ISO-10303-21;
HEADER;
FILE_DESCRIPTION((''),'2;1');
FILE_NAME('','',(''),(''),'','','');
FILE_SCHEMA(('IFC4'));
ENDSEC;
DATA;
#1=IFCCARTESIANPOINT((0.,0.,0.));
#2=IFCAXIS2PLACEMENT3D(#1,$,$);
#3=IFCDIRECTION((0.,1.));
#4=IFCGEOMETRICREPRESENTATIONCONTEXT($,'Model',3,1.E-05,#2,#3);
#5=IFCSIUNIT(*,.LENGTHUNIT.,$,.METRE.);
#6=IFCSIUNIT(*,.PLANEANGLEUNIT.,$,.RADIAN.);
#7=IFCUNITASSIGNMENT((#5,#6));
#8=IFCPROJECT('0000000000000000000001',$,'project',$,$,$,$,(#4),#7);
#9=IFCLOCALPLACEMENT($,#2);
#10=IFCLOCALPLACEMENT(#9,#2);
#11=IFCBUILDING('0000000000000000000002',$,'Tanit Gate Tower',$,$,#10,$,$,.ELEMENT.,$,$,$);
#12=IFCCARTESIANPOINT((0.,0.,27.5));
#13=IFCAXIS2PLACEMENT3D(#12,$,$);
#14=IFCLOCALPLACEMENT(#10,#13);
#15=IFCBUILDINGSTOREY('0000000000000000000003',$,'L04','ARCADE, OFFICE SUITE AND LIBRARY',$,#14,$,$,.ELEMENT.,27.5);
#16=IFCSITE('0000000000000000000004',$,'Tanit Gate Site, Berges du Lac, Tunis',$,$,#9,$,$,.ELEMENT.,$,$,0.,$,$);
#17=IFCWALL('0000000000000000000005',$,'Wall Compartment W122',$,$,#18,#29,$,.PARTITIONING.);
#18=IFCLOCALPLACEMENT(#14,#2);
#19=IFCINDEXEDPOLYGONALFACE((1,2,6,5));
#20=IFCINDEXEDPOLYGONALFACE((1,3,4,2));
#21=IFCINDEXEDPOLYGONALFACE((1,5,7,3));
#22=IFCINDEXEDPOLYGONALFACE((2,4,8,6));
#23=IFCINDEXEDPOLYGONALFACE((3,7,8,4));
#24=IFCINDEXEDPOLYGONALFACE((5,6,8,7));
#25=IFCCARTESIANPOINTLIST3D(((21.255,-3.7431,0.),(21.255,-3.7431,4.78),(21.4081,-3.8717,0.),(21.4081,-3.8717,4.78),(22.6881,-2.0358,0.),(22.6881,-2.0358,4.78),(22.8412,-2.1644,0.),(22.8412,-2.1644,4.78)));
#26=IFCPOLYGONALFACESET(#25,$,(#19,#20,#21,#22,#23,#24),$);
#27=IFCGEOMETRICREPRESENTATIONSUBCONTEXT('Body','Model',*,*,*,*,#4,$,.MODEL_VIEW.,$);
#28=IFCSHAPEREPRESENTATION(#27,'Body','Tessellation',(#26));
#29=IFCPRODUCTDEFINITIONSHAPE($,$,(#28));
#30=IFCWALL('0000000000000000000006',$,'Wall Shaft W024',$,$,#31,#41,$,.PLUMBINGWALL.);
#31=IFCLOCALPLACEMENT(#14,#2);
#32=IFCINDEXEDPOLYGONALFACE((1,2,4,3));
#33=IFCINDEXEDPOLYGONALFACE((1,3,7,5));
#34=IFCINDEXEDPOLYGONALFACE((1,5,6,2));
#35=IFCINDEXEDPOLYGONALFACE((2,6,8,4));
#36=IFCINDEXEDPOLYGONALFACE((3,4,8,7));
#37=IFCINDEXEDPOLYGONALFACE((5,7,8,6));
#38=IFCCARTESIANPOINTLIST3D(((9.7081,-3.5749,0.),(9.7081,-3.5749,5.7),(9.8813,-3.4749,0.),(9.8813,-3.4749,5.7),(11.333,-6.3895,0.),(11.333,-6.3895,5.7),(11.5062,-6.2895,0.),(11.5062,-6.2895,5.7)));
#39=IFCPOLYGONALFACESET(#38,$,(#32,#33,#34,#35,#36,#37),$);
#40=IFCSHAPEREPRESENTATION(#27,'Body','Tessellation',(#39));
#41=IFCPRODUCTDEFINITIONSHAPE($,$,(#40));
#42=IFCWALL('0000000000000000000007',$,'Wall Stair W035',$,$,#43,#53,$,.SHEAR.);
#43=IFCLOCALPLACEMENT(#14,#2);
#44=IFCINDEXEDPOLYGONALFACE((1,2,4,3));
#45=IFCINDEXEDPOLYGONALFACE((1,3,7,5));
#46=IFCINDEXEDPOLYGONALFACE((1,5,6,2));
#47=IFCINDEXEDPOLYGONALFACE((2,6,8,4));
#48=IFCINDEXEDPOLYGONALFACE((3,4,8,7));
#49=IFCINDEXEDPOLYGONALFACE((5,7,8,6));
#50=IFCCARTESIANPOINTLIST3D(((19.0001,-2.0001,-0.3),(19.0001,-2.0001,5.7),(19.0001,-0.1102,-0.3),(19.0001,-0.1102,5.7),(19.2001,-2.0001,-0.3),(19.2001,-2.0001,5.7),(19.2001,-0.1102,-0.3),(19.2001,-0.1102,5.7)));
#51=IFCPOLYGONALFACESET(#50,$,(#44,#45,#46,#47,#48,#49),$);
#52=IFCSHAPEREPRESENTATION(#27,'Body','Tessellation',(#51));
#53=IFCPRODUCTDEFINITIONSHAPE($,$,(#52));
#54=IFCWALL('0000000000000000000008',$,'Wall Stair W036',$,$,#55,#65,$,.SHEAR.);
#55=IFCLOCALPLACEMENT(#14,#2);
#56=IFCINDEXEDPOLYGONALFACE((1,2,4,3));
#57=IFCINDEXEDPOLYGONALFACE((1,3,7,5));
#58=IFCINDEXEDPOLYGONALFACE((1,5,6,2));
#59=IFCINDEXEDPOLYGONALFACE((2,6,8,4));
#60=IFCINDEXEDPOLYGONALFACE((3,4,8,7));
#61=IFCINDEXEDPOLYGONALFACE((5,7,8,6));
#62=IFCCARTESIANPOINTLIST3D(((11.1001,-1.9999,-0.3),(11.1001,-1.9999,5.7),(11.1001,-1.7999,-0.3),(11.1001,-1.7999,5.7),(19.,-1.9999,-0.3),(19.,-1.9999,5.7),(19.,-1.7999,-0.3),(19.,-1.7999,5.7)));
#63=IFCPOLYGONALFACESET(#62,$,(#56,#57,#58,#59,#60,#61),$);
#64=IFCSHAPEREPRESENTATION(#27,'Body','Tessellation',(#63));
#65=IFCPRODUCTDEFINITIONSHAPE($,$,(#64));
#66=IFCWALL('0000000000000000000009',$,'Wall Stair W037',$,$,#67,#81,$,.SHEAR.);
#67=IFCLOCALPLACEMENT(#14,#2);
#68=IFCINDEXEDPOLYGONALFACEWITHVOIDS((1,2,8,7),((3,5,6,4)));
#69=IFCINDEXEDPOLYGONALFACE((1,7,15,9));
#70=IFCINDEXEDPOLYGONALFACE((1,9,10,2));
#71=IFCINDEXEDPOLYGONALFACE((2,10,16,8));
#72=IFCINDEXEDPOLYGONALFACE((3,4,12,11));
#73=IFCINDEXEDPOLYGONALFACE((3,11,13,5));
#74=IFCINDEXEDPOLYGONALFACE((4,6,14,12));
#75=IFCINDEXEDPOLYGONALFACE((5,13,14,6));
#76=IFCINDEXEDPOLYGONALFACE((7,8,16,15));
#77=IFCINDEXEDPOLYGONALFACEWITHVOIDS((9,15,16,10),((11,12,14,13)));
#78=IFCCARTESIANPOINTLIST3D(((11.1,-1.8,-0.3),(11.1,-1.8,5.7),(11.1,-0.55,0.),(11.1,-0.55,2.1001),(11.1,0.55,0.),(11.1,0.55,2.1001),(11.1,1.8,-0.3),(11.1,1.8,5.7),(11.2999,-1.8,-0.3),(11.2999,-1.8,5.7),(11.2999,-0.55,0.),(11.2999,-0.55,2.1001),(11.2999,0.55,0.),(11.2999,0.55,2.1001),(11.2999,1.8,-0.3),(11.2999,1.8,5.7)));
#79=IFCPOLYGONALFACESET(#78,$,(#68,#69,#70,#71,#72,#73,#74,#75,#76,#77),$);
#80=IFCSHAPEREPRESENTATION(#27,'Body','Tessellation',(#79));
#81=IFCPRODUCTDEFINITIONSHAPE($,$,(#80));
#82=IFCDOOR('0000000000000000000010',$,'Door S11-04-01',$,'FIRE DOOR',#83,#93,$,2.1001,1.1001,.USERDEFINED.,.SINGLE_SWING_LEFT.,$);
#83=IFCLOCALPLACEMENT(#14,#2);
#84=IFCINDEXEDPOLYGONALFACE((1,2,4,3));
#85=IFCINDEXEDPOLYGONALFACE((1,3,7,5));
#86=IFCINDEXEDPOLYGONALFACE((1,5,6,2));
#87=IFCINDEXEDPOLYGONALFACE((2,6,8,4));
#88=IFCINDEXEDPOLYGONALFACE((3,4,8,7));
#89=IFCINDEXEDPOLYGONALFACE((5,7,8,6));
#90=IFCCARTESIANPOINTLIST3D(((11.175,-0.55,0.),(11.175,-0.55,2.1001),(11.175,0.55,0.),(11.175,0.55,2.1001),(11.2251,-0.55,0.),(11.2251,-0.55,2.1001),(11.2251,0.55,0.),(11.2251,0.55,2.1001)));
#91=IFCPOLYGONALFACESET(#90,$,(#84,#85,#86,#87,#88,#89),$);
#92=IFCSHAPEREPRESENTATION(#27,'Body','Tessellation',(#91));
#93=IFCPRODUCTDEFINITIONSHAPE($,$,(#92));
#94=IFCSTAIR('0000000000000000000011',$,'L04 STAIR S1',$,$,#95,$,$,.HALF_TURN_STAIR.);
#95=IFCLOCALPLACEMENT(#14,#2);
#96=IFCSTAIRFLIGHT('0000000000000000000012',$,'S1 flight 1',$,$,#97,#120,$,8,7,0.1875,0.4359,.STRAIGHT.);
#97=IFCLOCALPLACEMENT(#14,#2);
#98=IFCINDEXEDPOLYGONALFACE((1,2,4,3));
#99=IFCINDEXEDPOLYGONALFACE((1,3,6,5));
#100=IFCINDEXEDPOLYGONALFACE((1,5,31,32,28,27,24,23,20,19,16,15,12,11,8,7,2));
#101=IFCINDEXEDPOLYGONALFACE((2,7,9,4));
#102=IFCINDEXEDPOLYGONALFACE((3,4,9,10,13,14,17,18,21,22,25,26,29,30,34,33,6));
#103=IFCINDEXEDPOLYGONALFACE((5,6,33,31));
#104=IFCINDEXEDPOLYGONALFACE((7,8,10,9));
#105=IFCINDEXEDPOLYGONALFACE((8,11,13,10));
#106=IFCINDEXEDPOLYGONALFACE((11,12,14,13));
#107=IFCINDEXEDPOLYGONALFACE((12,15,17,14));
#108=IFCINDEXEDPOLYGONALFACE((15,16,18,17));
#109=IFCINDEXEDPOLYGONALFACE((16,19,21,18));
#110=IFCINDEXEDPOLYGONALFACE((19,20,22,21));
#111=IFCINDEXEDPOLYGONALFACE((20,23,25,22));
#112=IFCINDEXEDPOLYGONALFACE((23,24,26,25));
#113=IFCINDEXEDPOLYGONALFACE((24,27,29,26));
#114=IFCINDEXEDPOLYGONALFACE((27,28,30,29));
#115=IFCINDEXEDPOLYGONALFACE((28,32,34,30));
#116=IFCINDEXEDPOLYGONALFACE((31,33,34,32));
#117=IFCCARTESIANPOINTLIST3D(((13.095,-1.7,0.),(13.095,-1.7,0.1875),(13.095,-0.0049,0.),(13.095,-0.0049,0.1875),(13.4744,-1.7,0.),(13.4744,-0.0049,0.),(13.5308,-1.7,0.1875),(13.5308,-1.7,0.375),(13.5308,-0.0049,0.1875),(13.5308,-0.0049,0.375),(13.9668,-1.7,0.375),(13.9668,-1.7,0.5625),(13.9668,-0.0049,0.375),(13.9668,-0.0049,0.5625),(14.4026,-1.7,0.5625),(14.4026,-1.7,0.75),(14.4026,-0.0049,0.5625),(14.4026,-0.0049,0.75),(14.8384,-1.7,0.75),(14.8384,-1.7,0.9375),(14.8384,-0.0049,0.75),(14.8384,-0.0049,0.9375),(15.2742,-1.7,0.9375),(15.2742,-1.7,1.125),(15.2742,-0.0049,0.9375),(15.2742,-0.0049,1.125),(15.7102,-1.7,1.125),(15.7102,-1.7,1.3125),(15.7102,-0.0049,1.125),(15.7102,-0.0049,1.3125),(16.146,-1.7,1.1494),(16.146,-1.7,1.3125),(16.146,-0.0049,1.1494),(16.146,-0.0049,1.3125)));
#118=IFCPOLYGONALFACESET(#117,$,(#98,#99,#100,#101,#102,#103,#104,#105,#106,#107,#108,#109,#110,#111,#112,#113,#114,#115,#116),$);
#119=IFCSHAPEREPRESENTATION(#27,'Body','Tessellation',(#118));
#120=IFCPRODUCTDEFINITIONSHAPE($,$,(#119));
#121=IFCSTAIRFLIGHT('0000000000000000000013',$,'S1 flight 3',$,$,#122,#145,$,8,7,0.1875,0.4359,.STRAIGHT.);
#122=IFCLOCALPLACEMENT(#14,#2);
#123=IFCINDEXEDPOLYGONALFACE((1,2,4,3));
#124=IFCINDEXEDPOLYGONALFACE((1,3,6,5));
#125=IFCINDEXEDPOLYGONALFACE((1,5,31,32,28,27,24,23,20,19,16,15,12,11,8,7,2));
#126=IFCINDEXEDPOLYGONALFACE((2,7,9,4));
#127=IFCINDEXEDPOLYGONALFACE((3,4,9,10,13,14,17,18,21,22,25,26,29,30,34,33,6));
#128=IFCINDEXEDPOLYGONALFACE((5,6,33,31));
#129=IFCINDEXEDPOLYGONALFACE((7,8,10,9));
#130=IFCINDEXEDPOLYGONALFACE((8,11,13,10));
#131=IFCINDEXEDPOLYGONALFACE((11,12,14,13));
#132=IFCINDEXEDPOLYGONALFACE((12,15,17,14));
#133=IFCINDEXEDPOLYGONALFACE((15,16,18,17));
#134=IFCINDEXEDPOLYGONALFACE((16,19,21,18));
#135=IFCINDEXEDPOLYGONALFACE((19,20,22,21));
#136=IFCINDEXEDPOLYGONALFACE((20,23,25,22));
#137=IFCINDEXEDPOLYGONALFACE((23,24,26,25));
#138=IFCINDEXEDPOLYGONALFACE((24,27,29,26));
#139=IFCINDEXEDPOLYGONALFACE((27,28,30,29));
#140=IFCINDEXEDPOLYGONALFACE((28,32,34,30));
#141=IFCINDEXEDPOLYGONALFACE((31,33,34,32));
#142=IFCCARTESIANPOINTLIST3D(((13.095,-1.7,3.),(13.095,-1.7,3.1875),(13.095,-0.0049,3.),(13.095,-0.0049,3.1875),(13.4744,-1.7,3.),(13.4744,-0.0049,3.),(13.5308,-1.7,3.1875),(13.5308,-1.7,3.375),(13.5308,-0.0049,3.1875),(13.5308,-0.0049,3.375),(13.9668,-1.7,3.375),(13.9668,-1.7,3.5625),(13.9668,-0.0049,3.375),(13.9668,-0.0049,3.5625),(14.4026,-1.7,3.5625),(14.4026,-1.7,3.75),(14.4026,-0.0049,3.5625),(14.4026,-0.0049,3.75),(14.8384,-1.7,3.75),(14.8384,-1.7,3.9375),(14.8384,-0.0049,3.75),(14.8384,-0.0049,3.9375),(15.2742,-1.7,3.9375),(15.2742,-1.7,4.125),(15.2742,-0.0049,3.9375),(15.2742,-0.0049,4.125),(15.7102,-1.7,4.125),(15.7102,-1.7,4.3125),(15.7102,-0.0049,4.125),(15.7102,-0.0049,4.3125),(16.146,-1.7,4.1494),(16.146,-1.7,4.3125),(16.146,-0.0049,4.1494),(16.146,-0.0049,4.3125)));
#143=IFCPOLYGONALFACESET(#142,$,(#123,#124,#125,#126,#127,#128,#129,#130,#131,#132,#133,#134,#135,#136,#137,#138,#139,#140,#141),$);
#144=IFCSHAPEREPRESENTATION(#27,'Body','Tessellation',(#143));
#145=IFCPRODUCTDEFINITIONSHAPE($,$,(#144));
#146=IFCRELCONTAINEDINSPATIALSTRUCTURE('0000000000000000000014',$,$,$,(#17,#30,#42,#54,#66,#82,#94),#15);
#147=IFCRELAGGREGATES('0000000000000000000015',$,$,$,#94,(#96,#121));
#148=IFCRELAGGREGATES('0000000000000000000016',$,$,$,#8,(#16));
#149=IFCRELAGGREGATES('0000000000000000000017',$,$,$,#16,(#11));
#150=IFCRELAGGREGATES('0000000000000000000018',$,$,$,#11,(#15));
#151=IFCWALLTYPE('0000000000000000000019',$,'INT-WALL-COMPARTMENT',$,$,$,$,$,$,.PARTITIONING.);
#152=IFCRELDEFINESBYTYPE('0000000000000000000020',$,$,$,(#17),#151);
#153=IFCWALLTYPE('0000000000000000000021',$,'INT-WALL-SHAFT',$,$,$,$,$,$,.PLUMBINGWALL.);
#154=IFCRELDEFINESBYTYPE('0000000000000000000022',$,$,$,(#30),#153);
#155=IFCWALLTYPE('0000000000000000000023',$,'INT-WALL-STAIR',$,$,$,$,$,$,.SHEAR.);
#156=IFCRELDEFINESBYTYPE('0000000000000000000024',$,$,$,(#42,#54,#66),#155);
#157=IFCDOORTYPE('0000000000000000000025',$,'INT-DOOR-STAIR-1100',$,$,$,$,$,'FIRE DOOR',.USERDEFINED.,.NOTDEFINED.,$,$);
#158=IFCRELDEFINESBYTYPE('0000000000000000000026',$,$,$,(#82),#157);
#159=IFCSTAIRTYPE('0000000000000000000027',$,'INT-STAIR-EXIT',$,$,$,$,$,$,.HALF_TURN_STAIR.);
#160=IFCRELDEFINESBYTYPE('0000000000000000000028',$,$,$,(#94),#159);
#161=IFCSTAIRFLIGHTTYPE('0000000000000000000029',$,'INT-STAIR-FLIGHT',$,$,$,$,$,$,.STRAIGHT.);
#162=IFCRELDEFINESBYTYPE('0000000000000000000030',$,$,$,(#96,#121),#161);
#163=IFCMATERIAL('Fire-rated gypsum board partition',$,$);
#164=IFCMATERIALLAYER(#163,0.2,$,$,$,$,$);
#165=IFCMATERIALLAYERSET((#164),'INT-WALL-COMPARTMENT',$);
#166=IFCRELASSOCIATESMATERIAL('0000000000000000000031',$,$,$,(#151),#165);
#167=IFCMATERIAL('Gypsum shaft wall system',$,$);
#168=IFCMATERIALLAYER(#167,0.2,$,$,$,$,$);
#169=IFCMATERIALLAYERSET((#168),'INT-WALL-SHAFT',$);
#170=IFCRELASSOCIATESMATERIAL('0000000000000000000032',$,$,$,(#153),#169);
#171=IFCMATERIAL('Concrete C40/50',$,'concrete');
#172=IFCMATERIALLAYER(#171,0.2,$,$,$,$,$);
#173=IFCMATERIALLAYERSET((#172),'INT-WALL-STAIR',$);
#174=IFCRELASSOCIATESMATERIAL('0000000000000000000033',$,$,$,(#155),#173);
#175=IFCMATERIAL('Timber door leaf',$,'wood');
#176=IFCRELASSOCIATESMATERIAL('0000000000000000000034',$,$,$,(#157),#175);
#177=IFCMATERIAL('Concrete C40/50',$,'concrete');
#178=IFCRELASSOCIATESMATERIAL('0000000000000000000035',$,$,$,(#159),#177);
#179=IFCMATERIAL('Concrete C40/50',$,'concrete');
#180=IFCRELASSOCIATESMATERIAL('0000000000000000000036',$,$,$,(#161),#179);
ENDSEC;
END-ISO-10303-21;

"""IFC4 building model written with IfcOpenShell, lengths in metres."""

from ifc_helpers import new_model, si_unit, direction, frame, frame_2d, origin, place, context, subcontext, project, spatial, polyline, rectangle, outline, extrude, material, layer, layer_set, type_object, element, fill, aggregate, save


model = new_model("IFC4")

# Units and contexts
model_context = context("Model", 3, precision=1e-05, world=origin(), true_north=direction((0.0, 1.0)))
body_context = subcontext(model_context, "Body", "Model", "MODEL_VIEW")
ifc_project = project(units=[si_unit("LENGTHUNIT", "METRE"), si_unit("PLANEANGLEUNIT", "RADIAN")], contexts=[model_context])

# Site, building, storey
site_placement = place(None, origin())
site = spatial("IfcSite", under=ifc_project, at=site_placement, Name="Tanit Gate Site, Berges du Lac, Tunis", CompositionType="ELEMENT", RefElevation=0.0)
building_placement = place(site_placement, origin())
building = spatial("IfcBuilding", under=site, at=building_placement, Name="Tanit Gate Tower", CompositionType="ELEMENT")
storey_placement = place(building_placement, frame((0.0, 0.0, 27.5)))
storey = spatial("IfcBuildingStorey", under=building, at=storey_placement, Name="L04", Description="ARCADE, OFFICE SUITE AND LIBRARY", CompositionType="ELEMENT", Elevation=27.5)

# Shared definitions
ifc_material_1 = material(Name="Fire-rated gypsum board partition")
ifc_layer_1 = layer(ifc_material_1, 0.2)
ifc_layer_set_1 = layer_set([ifc_layer_1], Name="INT-WALL-COMPARTMENT")
wall_type_1 = type_object("IfcWallType", Name="INT-WALL-COMPARTMENT", PredefinedType="PARTITIONING", material=ifc_layer_set_1)

# Walls
wall_1_placement = place(storey_placement, frame((21.3315, -3.8074, 0.0), z_axis=(0.0, 0.0, 1.0), x_axis=(0.642927, 0.765927, 0.0)))
element("IfcWall", 1, at=wall_1_placement, inside=storey, type_object=wall_type_1, Name="Wall Compartment W122", PredefinedType="PARTITIONING", context=body_context, shape_type="SweptSolid", body=[
    extrude(rectangle(XDim=2.229, YDim=0.2, at=frame_2d((1.1145, 0.0))), origin(), (0.0, 0.0, 1.0), 4.78),
])
ifc_material_2 = material(Name="Gypsum shaft wall system")
ifc_layer_2 = layer(ifc_material_2, 0.2)
ifc_layer_set_2 = layer_set([ifc_layer_2], Name="INT-WALL-SHAFT")
wall_type_2 = type_object("IfcWallType", Name="INT-WALL-SHAFT", PredefinedType="PLUMBINGWALL", material=ifc_layer_set_2)
wall_2_placement = place(storey_placement, frame((9.7947, -3.5249, 0.0), z_axis=(0.0, 0.0, 1.0), x_axis=(0.499985, -0.866034, 0.0)))
element("IfcWall", 2, at=wall_2_placement, inside=storey, type_object=wall_type_2, Name="Wall Shaft W024", PredefinedType="PLUMBINGWALL", context=body_context, shape_type="SweptSolid", body=[
    extrude(rectangle(XDim=3.25, YDim=0.2, at=frame_2d((1.625, 0.0))), origin(), (0.0, 0.0, 1.0), 5.7),
])
ifc_material_3 = material(Name="Concrete C40/50", Category="concrete")
ifc_layer_3 = layer(ifc_material_3, 0.2)
ifc_layer_set_3 = layer_set([ifc_layer_3], Name="INT-WALL-STAIR")
wall_type_3 = type_object("IfcWallType", Name="INT-WALL-STAIR", PredefinedType="SHEAR", material=ifc_layer_set_3)
wall_3_placement = place(storey_placement, frame((19.1001, -2.0, -0.3), z_axis=(0.0, 0.0, 1.0), x_axis=(0.0, 1.0, 0.0)))
element("IfcWall", 3, at=wall_3_placement, inside=storey, type_object=wall_type_3, Name="Wall Stair W035", PredefinedType="SHEAR", context=body_context, shape_type="SweptSolid", body=[
    extrude(rectangle(XDim=1.8899, YDim=0.2, at=frame_2d((0.9448, 0.0))), origin(), (0.0, 0.0, 1.0), 6.0),
])
wall_4_placement = place(storey_placement, frame((11.1001, -1.8999, -0.3), z_axis=(0.0, 0.0, 1.0), x_axis=(1.0, 0.0, 0.0)))
element("IfcWall", 4, at=wall_4_placement, inside=storey, type_object=wall_type_3, Name="Wall Stair W036", PredefinedType="SHEAR", context=body_context, shape_type="SweptSolid", body=[
    extrude(rectangle(XDim=7.8999, YDim=0.2, at=frame_2d((3.95, 0.0))), origin(), (0.0, 0.0, 1.0), 6.0),
])

# Wall, opening, door
wall_5_placement = place(storey_placement, frame((11.2, -1.8, -0.3), z_axis=(0.0, 0.0, 1.0), x_axis=(0.0, 1.0, 0.0)))
wall_5 = element("IfcWall", 5, at=wall_5_placement, inside=storey, type_object=wall_type_3, Name="Wall Stair W037", PredefinedType="SHEAR", context=body_context, shape_type="SweptSolid", body=[
    extrude(rectangle(XDim=3.6001, YDim=0.2, at=frame_2d((1.8, 0.0))), origin(), (0.0, 0.0, 1.0), 6.0),
])
opening_1_placement = place(wall_5_placement, frame((1.25, 0.0, 0.3)))
opening_1 = element("IfcOpeningElement", 6, at=opening_1_placement, cuts=wall_5, PredefinedType="OPENING", context=body_context, shape_type="SweptSolid", body=[
    extrude(rectangle(XDim=1.1001, YDim=2.1001, at=frame_2d((0.55, 1.05))), frame((0.0, 0.1099, 0.0), z_axis=(0.0, -1.0, 0.0), x_axis=(1.0, 0.0, 0.0)), (0.0, 0.0, 1.0), 0.22),
])
ifc_material_4 = material(Name="Timber door leaf", Category="wood")
door_type_1 = type_object("IfcDoorType", Name="INT-DOOR-STAIR-1100", ElementType="FIRE DOOR", OperationType="NOTDEFINED", PredefinedType="USERDEFINED", material=ifc_material_4)
door_1_placement = place(opening_1_placement, origin())
door_1 = element("IfcDoor", 7, at=door_1_placement, inside=storey, type_object=door_type_1, Name="Door S11-04-01", ObjectType="FIRE DOOR", OperationType="SINGLE_SWING_LEFT", OverallHeight=2.1001, OverallWidth=1.1001, PredefinedType="USERDEFINED", context=body_context, shape_type="SweptSolid", body=[
    extrude(rectangle(XDim=1.1001, YDim=2.1001, at=frame_2d((0.55, 1.05))), frame((0.0, 0.0249, 0.0), z_axis=(0.0, -1.0, 0.0), x_axis=(1.0, 0.0, 0.0)), (0.0, 0.0, 1.0), 0.05),
])
fill(opening_1, door_1)

# Stair, stair flights
ifc_material_5 = material(Name="Concrete C40/50", Category="concrete")
stair_type = type_object("IfcStairType", Name="INT-STAIR-EXIT", PredefinedType="HALF_TURN_STAIR", material=ifc_material_5)
stair_placement = place(storey_placement, origin())
stair = element("IfcStair", 8, at=stair_placement, inside=storey, type_object=stair_type, Name="L04 STAIR S1", PredefinedType="HALF_TURN_STAIR")
ifc_material_6 = material(Name="Concrete C40/50", Category="concrete")
stair_flight_type = type_object("IfcStairFlightType", Name="INT-STAIR-FLIGHT", PredefinedType="STRAIGHT", material=ifc_material_6)
stair_flight_1_placement = place(storey_placement, frame((13.095, -0.8525, 0.0), z_axis=(0.0, 0.0, 1.0), x_axis=(1.0, 0.0, 0.0)))
stair_flight_1 = element("IfcStairFlight", 9, at=stair_flight_1_placement, type_object=stair_flight_type, Name="S1 flight 1", NumberOfRisers=8, NumberOfTreads=7, PredefinedType="STRAIGHT", RiserHeight=0.1875, TreadLength=0.4359, context=body_context, shape_type="SweptSolid", body=[
    extrude(outline(polyline([(0.0, 0.0), (0.0, 0.1875), (0.4358, 0.1875), (0.4358, 0.375), (0.8718, 0.375), (0.8718, 0.5625), (1.3076, 0.5625), (1.3076, 0.75), (1.7434, 0.75), (1.7434, 0.9375), (2.1792, 0.9375), (2.1792, 1.125), (2.6152, 1.125), (2.6152, 1.3125), (3.051, 1.3125), (3.051, 1.5), (3.051, 1.1494), (0.3794, 0.0), (0.0, 0.0)])), frame((0.0, 0.8477, 0.0), z_axis=(0.0, -1.0, 0.0), x_axis=(1.0, 0.0, 0.0)), (0.0, 0.0, 1.0), 1.6951),
])
stair_flight_2_placement = place(storey_placement, frame((13.095, -0.8525, 3.0), z_axis=(0.0, 0.0, 1.0), x_axis=(1.0, 0.0, 0.0)))
stair_flight_2 = element("IfcStairFlight", 10, at=stair_flight_2_placement, type_object=stair_flight_type, Name="S1 flight 3", NumberOfRisers=8, NumberOfTreads=7, PredefinedType="STRAIGHT", RiserHeight=0.1875, TreadLength=0.4359, context=body_context, shape_type="SweptSolid", body=[
    extrude(outline(polyline([(0.0, 0.0), (0.0, 0.1875), (0.4358, 0.1875), (0.4358, 0.375), (0.8718, 0.375), (0.8718, 0.5625), (1.3076, 0.5625), (1.3076, 0.75), (1.7434, 0.75), (1.7434, 0.9375), (2.1792, 0.9375), (2.1792, 1.125), (2.6152, 1.125), (2.6152, 1.3125), (3.051, 1.3125), (3.051, 1.5), (3.051, 1.1494), (0.3794, 0.0), (0.0, 0.0)])), frame((0.0, 0.8477, 0.0), z_axis=(0.0, -1.0, 0.0), x_axis=(1.0, 0.0, 0.0)), (0.0, 0.0, 1.0), 1.6951),
])
aggregate(stair, [stair_flight_1, stair_flight_2])

save(model, "model.ifc")
